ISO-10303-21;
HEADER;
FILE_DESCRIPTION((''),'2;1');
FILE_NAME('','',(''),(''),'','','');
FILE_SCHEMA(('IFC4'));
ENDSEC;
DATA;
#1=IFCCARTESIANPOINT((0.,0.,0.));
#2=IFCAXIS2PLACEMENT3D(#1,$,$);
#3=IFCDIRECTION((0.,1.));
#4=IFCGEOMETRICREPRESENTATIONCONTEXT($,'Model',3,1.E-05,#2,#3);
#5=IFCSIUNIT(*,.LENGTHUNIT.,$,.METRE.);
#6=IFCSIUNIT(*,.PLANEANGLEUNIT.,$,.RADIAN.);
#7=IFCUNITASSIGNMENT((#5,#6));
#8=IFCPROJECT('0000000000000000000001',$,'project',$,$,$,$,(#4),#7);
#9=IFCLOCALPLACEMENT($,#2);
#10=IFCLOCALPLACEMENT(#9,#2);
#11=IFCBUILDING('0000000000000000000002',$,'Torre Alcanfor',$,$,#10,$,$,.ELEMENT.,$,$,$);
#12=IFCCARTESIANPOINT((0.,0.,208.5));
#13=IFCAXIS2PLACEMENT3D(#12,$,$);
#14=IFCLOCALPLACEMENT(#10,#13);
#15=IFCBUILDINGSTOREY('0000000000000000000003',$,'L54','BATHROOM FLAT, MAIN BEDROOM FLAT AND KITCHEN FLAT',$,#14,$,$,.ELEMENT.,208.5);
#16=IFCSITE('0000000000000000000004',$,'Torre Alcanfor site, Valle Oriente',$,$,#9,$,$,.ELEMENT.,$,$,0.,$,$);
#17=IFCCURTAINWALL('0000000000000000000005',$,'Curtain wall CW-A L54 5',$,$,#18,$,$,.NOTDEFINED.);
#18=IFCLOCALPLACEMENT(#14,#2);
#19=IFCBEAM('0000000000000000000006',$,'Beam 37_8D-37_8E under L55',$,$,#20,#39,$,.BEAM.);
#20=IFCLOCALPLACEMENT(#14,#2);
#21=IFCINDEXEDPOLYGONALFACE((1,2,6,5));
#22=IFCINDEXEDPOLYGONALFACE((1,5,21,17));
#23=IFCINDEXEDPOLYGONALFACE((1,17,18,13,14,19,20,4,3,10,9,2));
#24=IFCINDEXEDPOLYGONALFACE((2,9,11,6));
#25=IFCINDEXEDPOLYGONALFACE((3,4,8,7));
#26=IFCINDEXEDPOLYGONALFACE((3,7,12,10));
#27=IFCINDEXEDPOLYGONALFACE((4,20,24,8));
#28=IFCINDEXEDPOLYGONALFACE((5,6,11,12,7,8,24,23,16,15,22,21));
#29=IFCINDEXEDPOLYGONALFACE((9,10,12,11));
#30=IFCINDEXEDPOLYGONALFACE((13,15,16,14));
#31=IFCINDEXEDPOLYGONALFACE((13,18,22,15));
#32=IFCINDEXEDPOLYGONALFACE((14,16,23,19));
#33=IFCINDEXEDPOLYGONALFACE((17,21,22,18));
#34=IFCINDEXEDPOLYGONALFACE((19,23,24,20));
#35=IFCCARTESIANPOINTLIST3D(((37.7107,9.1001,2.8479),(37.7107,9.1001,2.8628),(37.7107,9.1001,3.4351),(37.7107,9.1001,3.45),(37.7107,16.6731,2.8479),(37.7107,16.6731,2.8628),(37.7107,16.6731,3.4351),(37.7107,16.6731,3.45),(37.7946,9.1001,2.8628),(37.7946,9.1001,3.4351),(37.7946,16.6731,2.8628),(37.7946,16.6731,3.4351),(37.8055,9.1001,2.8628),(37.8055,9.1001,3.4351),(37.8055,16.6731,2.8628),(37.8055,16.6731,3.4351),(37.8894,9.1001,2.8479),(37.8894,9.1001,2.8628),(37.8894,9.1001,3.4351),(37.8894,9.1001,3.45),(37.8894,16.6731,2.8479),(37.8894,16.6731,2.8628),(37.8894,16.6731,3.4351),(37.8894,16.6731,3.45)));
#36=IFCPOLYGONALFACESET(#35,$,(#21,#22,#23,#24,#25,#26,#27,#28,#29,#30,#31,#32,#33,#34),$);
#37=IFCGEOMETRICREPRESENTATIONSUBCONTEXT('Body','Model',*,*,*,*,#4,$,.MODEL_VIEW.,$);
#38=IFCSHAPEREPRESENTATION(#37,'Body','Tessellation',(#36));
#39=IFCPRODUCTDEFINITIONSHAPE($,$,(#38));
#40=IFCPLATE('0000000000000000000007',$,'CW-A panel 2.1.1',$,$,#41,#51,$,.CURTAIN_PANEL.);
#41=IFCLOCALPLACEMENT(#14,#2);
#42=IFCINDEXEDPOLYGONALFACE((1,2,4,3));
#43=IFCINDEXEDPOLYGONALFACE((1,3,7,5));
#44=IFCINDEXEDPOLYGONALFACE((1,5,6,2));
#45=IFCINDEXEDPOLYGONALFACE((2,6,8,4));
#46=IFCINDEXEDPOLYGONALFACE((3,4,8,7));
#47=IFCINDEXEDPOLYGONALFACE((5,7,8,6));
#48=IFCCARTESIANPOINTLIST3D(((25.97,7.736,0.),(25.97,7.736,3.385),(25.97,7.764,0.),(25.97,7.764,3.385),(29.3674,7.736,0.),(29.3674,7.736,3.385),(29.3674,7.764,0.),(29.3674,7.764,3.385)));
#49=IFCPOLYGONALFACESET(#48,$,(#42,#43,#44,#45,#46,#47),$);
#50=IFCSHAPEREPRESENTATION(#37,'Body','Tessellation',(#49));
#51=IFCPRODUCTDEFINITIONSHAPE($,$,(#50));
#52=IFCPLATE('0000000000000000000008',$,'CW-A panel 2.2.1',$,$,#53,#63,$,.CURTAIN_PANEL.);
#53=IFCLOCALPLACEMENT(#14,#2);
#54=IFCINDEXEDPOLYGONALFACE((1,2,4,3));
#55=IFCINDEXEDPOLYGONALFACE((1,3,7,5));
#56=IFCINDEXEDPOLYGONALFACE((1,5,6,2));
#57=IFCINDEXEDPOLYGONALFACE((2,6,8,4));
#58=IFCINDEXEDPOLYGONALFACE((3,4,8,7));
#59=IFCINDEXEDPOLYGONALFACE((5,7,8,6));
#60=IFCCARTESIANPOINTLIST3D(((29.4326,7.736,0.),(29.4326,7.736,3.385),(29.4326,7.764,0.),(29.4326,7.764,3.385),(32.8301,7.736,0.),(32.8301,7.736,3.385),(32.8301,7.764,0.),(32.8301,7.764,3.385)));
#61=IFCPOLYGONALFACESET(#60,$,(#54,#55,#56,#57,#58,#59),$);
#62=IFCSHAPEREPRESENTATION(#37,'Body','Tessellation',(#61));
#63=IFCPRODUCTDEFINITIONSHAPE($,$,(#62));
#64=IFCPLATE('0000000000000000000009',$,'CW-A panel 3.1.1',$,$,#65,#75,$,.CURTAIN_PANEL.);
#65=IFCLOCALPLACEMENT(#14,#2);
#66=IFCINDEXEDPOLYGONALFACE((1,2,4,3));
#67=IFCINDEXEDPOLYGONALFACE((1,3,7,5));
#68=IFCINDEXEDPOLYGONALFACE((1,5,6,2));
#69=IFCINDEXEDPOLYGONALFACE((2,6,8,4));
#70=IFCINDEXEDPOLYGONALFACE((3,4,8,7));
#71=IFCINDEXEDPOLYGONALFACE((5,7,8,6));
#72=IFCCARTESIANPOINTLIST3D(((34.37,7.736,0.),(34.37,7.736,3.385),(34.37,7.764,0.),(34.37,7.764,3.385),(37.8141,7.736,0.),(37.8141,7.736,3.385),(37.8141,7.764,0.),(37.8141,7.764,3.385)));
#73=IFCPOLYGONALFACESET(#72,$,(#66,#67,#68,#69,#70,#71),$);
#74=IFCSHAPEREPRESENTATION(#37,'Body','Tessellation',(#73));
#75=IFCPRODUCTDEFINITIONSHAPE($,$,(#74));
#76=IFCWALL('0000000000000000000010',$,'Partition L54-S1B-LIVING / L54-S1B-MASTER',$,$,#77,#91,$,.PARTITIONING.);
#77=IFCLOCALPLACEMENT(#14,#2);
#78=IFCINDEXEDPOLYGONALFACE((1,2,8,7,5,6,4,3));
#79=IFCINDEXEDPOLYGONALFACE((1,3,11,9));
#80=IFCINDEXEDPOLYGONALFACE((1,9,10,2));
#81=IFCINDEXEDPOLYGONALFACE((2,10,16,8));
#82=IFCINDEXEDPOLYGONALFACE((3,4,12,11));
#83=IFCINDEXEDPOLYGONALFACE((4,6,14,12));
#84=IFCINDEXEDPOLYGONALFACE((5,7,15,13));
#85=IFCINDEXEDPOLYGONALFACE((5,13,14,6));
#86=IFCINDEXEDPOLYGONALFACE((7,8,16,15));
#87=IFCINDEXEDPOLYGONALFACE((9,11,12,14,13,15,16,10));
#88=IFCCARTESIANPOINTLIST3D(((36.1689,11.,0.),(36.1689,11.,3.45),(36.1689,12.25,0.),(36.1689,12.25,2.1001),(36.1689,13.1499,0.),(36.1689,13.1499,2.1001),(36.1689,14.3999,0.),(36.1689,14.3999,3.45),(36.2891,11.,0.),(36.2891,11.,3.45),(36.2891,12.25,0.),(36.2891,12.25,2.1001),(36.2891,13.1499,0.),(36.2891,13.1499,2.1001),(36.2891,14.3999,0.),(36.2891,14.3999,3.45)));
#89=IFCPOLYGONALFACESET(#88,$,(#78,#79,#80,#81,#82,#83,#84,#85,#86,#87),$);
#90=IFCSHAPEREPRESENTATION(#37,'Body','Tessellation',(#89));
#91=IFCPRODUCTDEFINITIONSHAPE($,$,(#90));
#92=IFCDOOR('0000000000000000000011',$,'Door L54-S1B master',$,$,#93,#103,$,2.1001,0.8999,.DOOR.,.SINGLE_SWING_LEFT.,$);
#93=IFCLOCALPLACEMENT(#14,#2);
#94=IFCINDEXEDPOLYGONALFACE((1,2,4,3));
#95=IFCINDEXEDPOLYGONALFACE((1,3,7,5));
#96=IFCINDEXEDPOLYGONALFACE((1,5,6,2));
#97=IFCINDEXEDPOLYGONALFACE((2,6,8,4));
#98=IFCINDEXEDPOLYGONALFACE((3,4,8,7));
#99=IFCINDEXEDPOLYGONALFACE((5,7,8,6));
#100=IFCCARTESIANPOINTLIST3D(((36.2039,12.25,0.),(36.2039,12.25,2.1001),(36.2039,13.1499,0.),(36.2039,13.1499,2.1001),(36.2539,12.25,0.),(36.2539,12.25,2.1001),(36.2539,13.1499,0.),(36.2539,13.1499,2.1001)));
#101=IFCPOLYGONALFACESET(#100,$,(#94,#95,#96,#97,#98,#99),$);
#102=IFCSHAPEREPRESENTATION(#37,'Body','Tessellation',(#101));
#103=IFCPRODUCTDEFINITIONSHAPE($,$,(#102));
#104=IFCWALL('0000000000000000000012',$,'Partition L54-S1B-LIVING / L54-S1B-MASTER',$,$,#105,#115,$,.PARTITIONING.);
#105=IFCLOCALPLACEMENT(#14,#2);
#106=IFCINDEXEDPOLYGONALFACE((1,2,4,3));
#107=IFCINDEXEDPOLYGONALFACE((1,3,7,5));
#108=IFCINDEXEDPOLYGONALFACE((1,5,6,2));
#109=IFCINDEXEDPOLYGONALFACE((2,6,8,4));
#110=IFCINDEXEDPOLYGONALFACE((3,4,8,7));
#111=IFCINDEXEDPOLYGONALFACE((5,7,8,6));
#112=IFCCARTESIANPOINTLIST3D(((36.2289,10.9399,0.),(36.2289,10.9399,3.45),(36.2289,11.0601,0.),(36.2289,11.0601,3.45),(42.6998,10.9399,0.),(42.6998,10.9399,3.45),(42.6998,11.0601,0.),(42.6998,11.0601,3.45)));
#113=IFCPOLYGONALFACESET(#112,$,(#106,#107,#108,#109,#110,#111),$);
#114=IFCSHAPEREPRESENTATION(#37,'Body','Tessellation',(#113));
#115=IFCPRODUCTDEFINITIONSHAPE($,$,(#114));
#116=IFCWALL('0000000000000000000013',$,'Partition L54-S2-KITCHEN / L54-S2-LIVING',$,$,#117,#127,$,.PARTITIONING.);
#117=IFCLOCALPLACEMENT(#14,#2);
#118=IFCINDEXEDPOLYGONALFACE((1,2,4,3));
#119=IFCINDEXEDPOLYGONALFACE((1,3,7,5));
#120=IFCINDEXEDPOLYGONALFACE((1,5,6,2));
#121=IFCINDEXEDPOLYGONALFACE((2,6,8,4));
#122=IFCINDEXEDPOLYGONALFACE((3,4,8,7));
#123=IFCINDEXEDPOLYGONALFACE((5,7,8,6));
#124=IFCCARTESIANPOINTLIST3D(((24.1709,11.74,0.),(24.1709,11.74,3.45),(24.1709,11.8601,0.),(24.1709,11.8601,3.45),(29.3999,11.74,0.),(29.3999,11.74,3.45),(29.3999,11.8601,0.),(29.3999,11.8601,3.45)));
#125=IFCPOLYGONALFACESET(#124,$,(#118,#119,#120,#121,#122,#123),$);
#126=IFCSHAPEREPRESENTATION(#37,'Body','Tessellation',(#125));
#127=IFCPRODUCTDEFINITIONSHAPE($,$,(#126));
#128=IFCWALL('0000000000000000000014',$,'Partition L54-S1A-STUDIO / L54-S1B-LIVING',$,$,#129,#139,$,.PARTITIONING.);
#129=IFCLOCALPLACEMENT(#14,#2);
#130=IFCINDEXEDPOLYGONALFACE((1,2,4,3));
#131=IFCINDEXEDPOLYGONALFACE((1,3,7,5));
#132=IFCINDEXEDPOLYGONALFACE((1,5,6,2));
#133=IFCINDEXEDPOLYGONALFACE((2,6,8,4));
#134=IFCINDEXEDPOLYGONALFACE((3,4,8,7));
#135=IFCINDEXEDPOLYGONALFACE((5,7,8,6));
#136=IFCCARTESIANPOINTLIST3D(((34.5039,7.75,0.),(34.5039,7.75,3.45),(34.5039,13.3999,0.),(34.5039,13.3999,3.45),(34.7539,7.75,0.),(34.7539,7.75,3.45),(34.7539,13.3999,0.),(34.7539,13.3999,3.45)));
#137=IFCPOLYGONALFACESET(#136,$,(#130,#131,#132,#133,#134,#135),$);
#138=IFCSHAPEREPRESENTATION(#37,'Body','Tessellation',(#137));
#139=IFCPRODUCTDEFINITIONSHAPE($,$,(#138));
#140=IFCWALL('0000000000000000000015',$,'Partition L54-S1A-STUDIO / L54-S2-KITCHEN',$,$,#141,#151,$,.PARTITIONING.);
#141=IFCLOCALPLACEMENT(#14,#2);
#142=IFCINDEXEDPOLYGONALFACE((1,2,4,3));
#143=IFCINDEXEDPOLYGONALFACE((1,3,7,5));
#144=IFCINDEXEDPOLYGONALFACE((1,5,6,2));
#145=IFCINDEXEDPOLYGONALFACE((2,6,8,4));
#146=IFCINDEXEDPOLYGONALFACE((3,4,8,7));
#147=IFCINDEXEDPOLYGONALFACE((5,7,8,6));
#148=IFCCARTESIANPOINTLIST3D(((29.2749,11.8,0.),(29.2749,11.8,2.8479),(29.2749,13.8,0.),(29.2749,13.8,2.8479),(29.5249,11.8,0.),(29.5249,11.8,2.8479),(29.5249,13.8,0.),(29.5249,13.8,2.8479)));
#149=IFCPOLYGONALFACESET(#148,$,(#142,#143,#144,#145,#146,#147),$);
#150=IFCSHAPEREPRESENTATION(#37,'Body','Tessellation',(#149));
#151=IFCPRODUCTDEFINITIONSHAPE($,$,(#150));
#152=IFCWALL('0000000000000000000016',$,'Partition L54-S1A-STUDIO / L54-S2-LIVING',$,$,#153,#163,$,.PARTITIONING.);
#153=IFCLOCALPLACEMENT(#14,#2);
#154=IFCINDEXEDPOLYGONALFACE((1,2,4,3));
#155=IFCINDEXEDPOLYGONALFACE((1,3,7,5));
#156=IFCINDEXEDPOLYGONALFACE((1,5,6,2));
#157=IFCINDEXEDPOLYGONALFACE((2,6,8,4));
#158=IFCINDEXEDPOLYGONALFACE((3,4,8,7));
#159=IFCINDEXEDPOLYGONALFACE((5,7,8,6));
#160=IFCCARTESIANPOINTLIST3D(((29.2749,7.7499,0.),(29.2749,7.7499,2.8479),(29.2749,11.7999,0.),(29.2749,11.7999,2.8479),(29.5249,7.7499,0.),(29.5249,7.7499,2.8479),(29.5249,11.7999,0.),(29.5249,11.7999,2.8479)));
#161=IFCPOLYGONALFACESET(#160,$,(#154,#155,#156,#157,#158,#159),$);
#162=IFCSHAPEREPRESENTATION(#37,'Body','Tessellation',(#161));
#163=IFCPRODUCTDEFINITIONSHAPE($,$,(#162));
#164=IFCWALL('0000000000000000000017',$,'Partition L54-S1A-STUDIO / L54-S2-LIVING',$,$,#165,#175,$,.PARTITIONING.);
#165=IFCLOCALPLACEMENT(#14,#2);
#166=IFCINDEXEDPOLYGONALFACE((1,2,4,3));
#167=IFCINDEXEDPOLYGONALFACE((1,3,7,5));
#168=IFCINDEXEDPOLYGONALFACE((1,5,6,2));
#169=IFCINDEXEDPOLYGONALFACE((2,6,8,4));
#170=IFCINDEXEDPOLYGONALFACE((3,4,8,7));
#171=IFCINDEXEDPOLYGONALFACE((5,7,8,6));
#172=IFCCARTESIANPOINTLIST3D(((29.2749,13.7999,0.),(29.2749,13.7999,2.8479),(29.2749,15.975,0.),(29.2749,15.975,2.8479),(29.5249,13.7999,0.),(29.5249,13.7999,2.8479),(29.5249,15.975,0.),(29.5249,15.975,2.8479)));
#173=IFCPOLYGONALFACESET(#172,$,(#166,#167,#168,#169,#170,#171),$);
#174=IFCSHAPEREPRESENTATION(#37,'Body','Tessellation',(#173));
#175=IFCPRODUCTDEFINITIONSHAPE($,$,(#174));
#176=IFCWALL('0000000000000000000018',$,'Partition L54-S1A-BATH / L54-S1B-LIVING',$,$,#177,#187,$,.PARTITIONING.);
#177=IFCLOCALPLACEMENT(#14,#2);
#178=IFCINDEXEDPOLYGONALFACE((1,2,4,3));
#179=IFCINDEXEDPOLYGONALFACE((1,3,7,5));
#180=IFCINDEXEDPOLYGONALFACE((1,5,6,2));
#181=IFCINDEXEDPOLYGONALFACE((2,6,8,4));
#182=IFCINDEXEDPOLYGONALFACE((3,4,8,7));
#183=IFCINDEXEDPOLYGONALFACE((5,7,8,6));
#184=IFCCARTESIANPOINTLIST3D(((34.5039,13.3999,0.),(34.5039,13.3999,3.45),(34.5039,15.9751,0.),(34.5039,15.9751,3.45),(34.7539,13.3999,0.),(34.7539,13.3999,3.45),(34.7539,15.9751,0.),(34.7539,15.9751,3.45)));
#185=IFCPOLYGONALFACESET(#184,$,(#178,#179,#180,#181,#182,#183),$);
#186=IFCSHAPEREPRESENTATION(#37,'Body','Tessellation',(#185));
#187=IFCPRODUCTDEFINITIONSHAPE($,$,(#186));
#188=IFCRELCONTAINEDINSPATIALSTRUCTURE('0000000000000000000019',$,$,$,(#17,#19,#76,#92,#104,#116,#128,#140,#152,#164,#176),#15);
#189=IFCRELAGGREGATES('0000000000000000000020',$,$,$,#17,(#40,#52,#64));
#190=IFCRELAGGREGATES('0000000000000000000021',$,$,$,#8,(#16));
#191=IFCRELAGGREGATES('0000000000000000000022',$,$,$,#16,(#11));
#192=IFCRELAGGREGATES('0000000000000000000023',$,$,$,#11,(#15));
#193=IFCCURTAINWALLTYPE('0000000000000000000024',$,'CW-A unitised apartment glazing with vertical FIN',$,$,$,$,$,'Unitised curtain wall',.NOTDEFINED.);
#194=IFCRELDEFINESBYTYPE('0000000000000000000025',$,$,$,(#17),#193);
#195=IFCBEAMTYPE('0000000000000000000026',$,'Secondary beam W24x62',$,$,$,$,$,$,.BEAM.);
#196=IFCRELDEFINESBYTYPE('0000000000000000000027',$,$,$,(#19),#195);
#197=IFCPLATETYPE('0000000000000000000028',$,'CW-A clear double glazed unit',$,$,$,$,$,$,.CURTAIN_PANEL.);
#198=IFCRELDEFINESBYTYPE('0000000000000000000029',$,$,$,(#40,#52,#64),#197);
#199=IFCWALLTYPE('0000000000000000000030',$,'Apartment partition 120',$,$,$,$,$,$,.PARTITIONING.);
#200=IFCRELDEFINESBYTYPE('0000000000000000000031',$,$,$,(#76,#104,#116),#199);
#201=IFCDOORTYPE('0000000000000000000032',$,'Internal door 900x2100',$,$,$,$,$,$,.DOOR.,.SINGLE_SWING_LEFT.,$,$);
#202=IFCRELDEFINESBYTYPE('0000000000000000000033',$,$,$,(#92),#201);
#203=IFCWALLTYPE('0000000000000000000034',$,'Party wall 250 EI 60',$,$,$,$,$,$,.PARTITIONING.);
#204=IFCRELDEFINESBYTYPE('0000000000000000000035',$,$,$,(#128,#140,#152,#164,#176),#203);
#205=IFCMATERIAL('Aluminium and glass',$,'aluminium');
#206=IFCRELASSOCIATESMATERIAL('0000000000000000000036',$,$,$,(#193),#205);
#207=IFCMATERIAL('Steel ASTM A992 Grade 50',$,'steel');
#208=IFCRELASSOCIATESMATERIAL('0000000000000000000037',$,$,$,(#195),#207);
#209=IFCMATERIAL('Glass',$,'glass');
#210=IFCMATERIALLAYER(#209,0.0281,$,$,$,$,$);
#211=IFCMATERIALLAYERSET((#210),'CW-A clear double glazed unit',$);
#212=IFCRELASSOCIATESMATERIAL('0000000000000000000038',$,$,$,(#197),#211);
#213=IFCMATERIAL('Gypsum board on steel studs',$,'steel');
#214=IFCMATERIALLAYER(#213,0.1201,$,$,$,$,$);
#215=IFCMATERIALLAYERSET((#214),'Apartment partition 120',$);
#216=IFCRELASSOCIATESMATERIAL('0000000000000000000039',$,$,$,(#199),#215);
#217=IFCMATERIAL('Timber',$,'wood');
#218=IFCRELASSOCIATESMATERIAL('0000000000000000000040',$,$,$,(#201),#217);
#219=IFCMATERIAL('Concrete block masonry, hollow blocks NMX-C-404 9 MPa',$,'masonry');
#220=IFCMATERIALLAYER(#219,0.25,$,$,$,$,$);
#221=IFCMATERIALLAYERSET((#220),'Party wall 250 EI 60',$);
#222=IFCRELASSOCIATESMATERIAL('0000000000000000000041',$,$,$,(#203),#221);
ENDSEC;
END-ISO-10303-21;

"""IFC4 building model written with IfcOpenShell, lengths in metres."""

from ifc_helpers import new_model, si_unit, direction, frame, frame_2d, origin, origin_2d, place, context, subcontext, project, spatial, rectangle, i_section, extrude, material, layer, layer_set, material_profile, profile_set, type_object, element, fill, aggregate, save


model = new_model("IFC4")

# Units and contexts
model_context = context("Model", 3, precision=1e-05, world=origin(), true_north=direction((0.0, 1.0)))
body_context = subcontext(model_context, "Body", "Model", "MODEL_VIEW")
ifc_project = project(units=[si_unit("LENGTHUNIT", "METRE"), si_unit("PLANEANGLEUNIT", "RADIAN")], contexts=[model_context])

# Site, building, storey
site_placement = place(None, origin())
site = spatial("IfcSite", under=ifc_project, at=site_placement, Name="Torre Alcanfor site, Valle Oriente", CompositionType="ELEMENT", RefElevation=0.0)
building_placement = place(site_placement, origin())
building = spatial("IfcBuilding", under=site, at=building_placement, Name="Torre Alcanfor", CompositionType="ELEMENT")
storey_placement = place(building_placement, frame((0.0, 0.0, 208.5)))
storey = spatial("IfcBuildingStorey", under=building, at=storey_placement, Name="L54", Description="BATHROOM FLAT, MAIN BEDROOM FLAT AND KITCHEN FLAT", CompositionType="ELEMENT", Elevation=208.5)

# Curtain wall
ifc_material_1 = material(Name="Aluminium and glass", Category="aluminium")
curtain_wall_type = type_object("IfcCurtainWallType", Name="CW-A unitised apartment glazing with vertical FIN", ElementType="Unitised curtain wall", PredefinedType="NOTDEFINED", material=ifc_material_1)
curtain_wall_placement = place(storey_placement, origin())
curtain_wall = element("IfcCurtainWall", 1, at=curtain_wall_placement, inside=storey, type_object=curtain_wall_type, Name="Curtain wall CW-A L54 5", PredefinedType="NOTDEFINED")

# Beam
ifc_material_2 = material(Name="Steel ASTM A992 Grade 50", Category="steel")
ifc_material_profile_1 = material_profile(ifc_material_2, i_section(OverallWidth=0.1787, OverallDepth=0.6021, WebThickness=0.011, FlangeThickness=0.0149, at=origin_2d()), Name="W24x62")
ifc_profile_set_1 = profile_set([ifc_material_profile_1], Name="Steel ASTM A992 Grade 50")
beam_type_1 = type_object("IfcBeamType", Name="Secondary beam W24x62", PredefinedType="BEAM", material=ifc_profile_set_1)
for number, where, z_axis, x_axis, name in (
    (2, (37.8, 9.1001, 3.1489), (0.0, 1.0, 0.0), (-1.0, 0.0, 0.0), "Beam 37_8D-37_8E under L55"),
):
    element("IfcBeam", number, at=place(storey_placement, frame(where, z_axis=z_axis, x_axis=x_axis)), inside=storey, type_object=beam_type_1, Name=name, PredefinedType="BEAM", context=body_context, shape_type="SweptSolid", body=[
        extrude(i_section(OverallWidth=0.1787, OverallDepth=0.6021, WebThickness=0.011, FlangeThickness=0.0149, at=origin_2d()), origin(), (0.0, 0.0, 1.0), 7.573),
    ])

# Plates
ifc_material_3 = material(Name="Glass", Category="glass")
ifc_layer_1 = layer(ifc_material_3, 0.0281)
ifc_layer_set_1 = layer_set([ifc_layer_1], Name="CW-A clear double glazed unit")
plate_type = type_object("IfcPlateType", Name="CW-A clear double glazed unit", PredefinedType="CURTAIN_PANEL", material=ifc_layer_set_1)
plate_1_placement = place(storey_placement, frame((27.6687, 7.75, 0.0), z_axis=(0.0, 0.0, 1.0), x_axis=(1.0, 0.0, 0.0)))
plate_1 = element("IfcPlate", 3, at=plate_1_placement, type_object=plate_type, Name="CW-A panel 2.1.1", PredefinedType="CURTAIN_PANEL", context=body_context, shape_type="SweptSolid", body=[
    extrude(rectangle(XDim=3.3975, YDim=0.0281, at=origin_2d()), origin(), (0.0, 0.0, 1.0), 3.385),
])
plate_2_placement = place(storey_placement, frame((31.1313, 7.75, 0.0), z_axis=(0.0, 0.0, 1.0), x_axis=(1.0, 0.0, 0.0)))
plate_2 = element("IfcPlate", 4, at=plate_2_placement, type_object=plate_type, Name="CW-A panel 2.2.1", PredefinedType="CURTAIN_PANEL", context=body_context, shape_type="SweptSolid", body=[
    extrude(rectangle(XDim=3.3975, YDim=0.0281, at=origin_2d()), origin(), (0.0, 0.0, 1.0), 3.385),
])
plate_3_placement = place(storey_placement, frame((36.092, 7.75, 0.0), z_axis=(0.0, 0.0, 1.0), x_axis=(1.0, 0.0, 0.0)))
plate_3 = element("IfcPlate", 5, at=plate_3_placement, type_object=plate_type, Name="CW-A panel 3.1.1", PredefinedType="CURTAIN_PANEL", context=body_context, shape_type="SweptSolid", body=[
    extrude(rectangle(XDim=3.4441, YDim=0.0281, at=origin_2d()), origin(), (0.0, 0.0, 1.0), 3.385),
])
aggregate(curtain_wall, [plate_1, plate_2, plate_3])

# Wall, opening, door
ifc_material_4 = material(Name="Gypsum board on steel studs", Category="steel")
ifc_layer_2 = layer(ifc_material_4, 0.1201)
ifc_layer_set_2 = layer_set([ifc_layer_2], Name="Apartment partition 120")
wall_type_1 = type_object("IfcWallType", Name="Apartment partition 120", PredefinedType="PARTITIONING", material=ifc_layer_set_2)
wall_1_placement = place(storey_placement, frame((36.229, 14.3999, 0.0), z_axis=(0.0, 0.0, 1.0), x_axis=(0.0, -1.0, 0.0)))
wall_1 = element("IfcWall", 6, at=wall_1_placement, inside=storey, type_object=wall_type_1, Name="Partition L54-S1B-LIVING / L54-S1B-MASTER", PredefinedType="PARTITIONING", context=body_context, shape_type="SweptSolid", body=[
    extrude(rectangle(XDim=3.3999, YDim=0.1201, at=frame_2d((1.7, 0.0))), origin(), (0.0, 0.0, 1.0), 3.45),
])
opening_placement = place(wall_1_placement, frame((1.25, 0.0, 0.0)))
opening = element("IfcOpeningElement", 7, at=opening_placement, cuts=wall_1, PredefinedType="OPENING", context=body_context, shape_type="SweptSolid", body=[
    extrude(rectangle(XDim=0.8999, YDim=2.1001, at=frame_2d((0.45, 1.05))), frame((0.0, 0.0701, 0.0), z_axis=(0.0, -1.0, 0.0), x_axis=(1.0, 0.0, 0.0)), (0.0, 0.0, 1.0), 0.1401),
])
ifc_material_5 = material(Name="Timber", Category="wood")
door_type = type_object("IfcDoorType", Name="Internal door 900x2100", OperationType="SINGLE_SWING_LEFT", PredefinedType="DOOR", material=ifc_material_5)
door_placement = place(opening_placement, origin())
door = element("IfcDoor", 8, at=door_placement, inside=storey, type_object=door_type, Name="Door L54-S1B master", OperationType="SINGLE_SWING_LEFT", OverallHeight=2.1001, OverallWidth=0.8999, PredefinedType="DOOR", context=body_context, shape_type="SweptSolid", body=[
    extrude(rectangle(XDim=0.8999, YDim=2.1001, at=frame_2d((0.45, 1.05))), frame((0.0, 0.0249, 0.0), z_axis=(0.0, -1.0, 0.0), x_axis=(1.0, 0.0, 0.0)), (0.0, 0.0, 1.0), 0.05),
])
fill(opening, door)

# Walls
wall_2_placement = place(storey_placement, frame((36.229, 11.0, 0.0), z_axis=(0.0, 0.0, 1.0), x_axis=(1.0, 0.0, 0.0)))
element("IfcWall", 9, at=wall_2_placement, inside=storey, type_object=wall_type_1, Name="Partition L54-S1B-LIVING / L54-S1B-MASTER", PredefinedType="PARTITIONING", context=body_context, shape_type="SweptSolid", body=[
    extrude(rectangle(XDim=6.4709, YDim=0.1201, at=frame_2d((3.2354, 0.0))), origin(), (0.0, 0.0, 1.0), 3.45),
])
wall_3_placement = place(storey_placement, frame((29.3999, 11.8, 0.0), z_axis=(0.0, 0.0, 1.0), x_axis=(-1.0, 0.0, 0.0)))
element("IfcWall", 10, at=wall_3_placement, inside=storey, type_object=wall_type_1, Name="Partition L54-S2-KITCHEN / L54-S2-LIVING", PredefinedType="PARTITIONING", context=body_context, shape_type="SweptSolid", body=[
    extrude(rectangle(XDim=5.229, YDim=0.1201, at=frame_2d((2.6145, 0.0))), origin(), (0.0, 0.0, 1.0), 3.45),
])
ifc_material_6 = material(Name="Concrete block masonry, hollow blocks NMX-C-404 9 MPa", Category="masonry")
ifc_layer_3 = layer(ifc_material_6, 0.25)
ifc_layer_set_3 = layer_set([ifc_layer_3], Name="Party wall 250 EI 60")
wall_type_2 = type_object("IfcWallType", Name="Party wall 250 EI 60", PredefinedType="PARTITIONING", material=ifc_layer_set_3)
wall_4_placement = place(storey_placement, frame((34.6289, 13.3999, 0.0), z_axis=(0.0, 0.0, 1.0), x_axis=(0.0, -1.0, 0.0)))
element("IfcWall", 11, at=wall_4_placement, inside=storey, type_object=wall_type_2, Name="Partition L54-S1A-STUDIO / L54-S1B-LIVING", PredefinedType="PARTITIONING", context=body_context, shape_type="SweptSolid", body=[
    extrude(rectangle(XDim=5.6499, YDim=0.25, at=frame_2d((2.825, 0.0))), origin(), (0.0, 0.0, 1.0), 3.45),
])
wall_5_placement = place(storey_placement, frame((29.3999, 11.8, 0.0), z_axis=(0.0, 0.0, 1.0), x_axis=(0.0, 1.0, 0.0)))
element("IfcWall", 12, at=wall_5_placement, inside=storey, type_object=wall_type_2, Name="Partition L54-S1A-STUDIO / L54-S2-KITCHEN", PredefinedType="PARTITIONING", context=body_context, shape_type="SweptSolid", body=[
    extrude(rectangle(XDim=2.0, YDim=0.25, at=frame_2d((1.0, 0.0))), origin(), (0.0, 0.0, 1.0), 2.8479),
])
wall_6_placement = place(storey_placement, frame((29.3999, 7.75, 0.0), z_axis=(0.0, 0.0, 1.0), x_axis=(0.0, 1.0, 0.0)))
element("IfcWall", 13, at=wall_6_placement, inside=storey, type_object=wall_type_2, Name="Partition L54-S1A-STUDIO / L54-S2-LIVING", PredefinedType="PARTITIONING", context=body_context, shape_type="SweptSolid", body=[
    extrude(rectangle(XDim=4.05, YDim=0.25, at=frame_2d((2.0249, 0.0))), origin(), (0.0, 0.0, 1.0), 2.8479),
])
wall_7_placement = place(storey_placement, frame((29.3999, 13.8, 0.0), z_axis=(0.0, 0.0, 1.0), x_axis=(0.0, 1.0, 0.0)))
element("IfcWall", 14, at=wall_7_placement, inside=storey, type_object=wall_type_2, Name="Partition L54-S1A-STUDIO / L54-S2-LIVING", PredefinedType="PARTITIONING", context=body_context, shape_type="SweptSolid", body=[
    extrude(rectangle(XDim=2.175, YDim=0.25, at=frame_2d((1.0874, 0.0))), origin(), (0.0, 0.0, 1.0), 2.8479),
])
wall_8_placement = place(storey_placement, frame((34.6289, 13.3999, 0.0), z_axis=(0.0, 0.0, 1.0), x_axis=(0.0, 1.0, 0.0)))
element("IfcWall", 15, at=wall_8_placement, inside=storey, type_object=wall_type_2, Name="Partition L54-S1A-BATH / L54-S1B-LIVING", PredefinedType="PARTITIONING", context=body_context, shape_type="SweptSolid", body=[
    extrude(rectangle(XDim=2.5752, YDim=0.25, at=frame_2d((1.2876, 0.0))), origin(), (0.0, 0.0, 1.0), 3.45),
])

save(model, "model.ifc")
